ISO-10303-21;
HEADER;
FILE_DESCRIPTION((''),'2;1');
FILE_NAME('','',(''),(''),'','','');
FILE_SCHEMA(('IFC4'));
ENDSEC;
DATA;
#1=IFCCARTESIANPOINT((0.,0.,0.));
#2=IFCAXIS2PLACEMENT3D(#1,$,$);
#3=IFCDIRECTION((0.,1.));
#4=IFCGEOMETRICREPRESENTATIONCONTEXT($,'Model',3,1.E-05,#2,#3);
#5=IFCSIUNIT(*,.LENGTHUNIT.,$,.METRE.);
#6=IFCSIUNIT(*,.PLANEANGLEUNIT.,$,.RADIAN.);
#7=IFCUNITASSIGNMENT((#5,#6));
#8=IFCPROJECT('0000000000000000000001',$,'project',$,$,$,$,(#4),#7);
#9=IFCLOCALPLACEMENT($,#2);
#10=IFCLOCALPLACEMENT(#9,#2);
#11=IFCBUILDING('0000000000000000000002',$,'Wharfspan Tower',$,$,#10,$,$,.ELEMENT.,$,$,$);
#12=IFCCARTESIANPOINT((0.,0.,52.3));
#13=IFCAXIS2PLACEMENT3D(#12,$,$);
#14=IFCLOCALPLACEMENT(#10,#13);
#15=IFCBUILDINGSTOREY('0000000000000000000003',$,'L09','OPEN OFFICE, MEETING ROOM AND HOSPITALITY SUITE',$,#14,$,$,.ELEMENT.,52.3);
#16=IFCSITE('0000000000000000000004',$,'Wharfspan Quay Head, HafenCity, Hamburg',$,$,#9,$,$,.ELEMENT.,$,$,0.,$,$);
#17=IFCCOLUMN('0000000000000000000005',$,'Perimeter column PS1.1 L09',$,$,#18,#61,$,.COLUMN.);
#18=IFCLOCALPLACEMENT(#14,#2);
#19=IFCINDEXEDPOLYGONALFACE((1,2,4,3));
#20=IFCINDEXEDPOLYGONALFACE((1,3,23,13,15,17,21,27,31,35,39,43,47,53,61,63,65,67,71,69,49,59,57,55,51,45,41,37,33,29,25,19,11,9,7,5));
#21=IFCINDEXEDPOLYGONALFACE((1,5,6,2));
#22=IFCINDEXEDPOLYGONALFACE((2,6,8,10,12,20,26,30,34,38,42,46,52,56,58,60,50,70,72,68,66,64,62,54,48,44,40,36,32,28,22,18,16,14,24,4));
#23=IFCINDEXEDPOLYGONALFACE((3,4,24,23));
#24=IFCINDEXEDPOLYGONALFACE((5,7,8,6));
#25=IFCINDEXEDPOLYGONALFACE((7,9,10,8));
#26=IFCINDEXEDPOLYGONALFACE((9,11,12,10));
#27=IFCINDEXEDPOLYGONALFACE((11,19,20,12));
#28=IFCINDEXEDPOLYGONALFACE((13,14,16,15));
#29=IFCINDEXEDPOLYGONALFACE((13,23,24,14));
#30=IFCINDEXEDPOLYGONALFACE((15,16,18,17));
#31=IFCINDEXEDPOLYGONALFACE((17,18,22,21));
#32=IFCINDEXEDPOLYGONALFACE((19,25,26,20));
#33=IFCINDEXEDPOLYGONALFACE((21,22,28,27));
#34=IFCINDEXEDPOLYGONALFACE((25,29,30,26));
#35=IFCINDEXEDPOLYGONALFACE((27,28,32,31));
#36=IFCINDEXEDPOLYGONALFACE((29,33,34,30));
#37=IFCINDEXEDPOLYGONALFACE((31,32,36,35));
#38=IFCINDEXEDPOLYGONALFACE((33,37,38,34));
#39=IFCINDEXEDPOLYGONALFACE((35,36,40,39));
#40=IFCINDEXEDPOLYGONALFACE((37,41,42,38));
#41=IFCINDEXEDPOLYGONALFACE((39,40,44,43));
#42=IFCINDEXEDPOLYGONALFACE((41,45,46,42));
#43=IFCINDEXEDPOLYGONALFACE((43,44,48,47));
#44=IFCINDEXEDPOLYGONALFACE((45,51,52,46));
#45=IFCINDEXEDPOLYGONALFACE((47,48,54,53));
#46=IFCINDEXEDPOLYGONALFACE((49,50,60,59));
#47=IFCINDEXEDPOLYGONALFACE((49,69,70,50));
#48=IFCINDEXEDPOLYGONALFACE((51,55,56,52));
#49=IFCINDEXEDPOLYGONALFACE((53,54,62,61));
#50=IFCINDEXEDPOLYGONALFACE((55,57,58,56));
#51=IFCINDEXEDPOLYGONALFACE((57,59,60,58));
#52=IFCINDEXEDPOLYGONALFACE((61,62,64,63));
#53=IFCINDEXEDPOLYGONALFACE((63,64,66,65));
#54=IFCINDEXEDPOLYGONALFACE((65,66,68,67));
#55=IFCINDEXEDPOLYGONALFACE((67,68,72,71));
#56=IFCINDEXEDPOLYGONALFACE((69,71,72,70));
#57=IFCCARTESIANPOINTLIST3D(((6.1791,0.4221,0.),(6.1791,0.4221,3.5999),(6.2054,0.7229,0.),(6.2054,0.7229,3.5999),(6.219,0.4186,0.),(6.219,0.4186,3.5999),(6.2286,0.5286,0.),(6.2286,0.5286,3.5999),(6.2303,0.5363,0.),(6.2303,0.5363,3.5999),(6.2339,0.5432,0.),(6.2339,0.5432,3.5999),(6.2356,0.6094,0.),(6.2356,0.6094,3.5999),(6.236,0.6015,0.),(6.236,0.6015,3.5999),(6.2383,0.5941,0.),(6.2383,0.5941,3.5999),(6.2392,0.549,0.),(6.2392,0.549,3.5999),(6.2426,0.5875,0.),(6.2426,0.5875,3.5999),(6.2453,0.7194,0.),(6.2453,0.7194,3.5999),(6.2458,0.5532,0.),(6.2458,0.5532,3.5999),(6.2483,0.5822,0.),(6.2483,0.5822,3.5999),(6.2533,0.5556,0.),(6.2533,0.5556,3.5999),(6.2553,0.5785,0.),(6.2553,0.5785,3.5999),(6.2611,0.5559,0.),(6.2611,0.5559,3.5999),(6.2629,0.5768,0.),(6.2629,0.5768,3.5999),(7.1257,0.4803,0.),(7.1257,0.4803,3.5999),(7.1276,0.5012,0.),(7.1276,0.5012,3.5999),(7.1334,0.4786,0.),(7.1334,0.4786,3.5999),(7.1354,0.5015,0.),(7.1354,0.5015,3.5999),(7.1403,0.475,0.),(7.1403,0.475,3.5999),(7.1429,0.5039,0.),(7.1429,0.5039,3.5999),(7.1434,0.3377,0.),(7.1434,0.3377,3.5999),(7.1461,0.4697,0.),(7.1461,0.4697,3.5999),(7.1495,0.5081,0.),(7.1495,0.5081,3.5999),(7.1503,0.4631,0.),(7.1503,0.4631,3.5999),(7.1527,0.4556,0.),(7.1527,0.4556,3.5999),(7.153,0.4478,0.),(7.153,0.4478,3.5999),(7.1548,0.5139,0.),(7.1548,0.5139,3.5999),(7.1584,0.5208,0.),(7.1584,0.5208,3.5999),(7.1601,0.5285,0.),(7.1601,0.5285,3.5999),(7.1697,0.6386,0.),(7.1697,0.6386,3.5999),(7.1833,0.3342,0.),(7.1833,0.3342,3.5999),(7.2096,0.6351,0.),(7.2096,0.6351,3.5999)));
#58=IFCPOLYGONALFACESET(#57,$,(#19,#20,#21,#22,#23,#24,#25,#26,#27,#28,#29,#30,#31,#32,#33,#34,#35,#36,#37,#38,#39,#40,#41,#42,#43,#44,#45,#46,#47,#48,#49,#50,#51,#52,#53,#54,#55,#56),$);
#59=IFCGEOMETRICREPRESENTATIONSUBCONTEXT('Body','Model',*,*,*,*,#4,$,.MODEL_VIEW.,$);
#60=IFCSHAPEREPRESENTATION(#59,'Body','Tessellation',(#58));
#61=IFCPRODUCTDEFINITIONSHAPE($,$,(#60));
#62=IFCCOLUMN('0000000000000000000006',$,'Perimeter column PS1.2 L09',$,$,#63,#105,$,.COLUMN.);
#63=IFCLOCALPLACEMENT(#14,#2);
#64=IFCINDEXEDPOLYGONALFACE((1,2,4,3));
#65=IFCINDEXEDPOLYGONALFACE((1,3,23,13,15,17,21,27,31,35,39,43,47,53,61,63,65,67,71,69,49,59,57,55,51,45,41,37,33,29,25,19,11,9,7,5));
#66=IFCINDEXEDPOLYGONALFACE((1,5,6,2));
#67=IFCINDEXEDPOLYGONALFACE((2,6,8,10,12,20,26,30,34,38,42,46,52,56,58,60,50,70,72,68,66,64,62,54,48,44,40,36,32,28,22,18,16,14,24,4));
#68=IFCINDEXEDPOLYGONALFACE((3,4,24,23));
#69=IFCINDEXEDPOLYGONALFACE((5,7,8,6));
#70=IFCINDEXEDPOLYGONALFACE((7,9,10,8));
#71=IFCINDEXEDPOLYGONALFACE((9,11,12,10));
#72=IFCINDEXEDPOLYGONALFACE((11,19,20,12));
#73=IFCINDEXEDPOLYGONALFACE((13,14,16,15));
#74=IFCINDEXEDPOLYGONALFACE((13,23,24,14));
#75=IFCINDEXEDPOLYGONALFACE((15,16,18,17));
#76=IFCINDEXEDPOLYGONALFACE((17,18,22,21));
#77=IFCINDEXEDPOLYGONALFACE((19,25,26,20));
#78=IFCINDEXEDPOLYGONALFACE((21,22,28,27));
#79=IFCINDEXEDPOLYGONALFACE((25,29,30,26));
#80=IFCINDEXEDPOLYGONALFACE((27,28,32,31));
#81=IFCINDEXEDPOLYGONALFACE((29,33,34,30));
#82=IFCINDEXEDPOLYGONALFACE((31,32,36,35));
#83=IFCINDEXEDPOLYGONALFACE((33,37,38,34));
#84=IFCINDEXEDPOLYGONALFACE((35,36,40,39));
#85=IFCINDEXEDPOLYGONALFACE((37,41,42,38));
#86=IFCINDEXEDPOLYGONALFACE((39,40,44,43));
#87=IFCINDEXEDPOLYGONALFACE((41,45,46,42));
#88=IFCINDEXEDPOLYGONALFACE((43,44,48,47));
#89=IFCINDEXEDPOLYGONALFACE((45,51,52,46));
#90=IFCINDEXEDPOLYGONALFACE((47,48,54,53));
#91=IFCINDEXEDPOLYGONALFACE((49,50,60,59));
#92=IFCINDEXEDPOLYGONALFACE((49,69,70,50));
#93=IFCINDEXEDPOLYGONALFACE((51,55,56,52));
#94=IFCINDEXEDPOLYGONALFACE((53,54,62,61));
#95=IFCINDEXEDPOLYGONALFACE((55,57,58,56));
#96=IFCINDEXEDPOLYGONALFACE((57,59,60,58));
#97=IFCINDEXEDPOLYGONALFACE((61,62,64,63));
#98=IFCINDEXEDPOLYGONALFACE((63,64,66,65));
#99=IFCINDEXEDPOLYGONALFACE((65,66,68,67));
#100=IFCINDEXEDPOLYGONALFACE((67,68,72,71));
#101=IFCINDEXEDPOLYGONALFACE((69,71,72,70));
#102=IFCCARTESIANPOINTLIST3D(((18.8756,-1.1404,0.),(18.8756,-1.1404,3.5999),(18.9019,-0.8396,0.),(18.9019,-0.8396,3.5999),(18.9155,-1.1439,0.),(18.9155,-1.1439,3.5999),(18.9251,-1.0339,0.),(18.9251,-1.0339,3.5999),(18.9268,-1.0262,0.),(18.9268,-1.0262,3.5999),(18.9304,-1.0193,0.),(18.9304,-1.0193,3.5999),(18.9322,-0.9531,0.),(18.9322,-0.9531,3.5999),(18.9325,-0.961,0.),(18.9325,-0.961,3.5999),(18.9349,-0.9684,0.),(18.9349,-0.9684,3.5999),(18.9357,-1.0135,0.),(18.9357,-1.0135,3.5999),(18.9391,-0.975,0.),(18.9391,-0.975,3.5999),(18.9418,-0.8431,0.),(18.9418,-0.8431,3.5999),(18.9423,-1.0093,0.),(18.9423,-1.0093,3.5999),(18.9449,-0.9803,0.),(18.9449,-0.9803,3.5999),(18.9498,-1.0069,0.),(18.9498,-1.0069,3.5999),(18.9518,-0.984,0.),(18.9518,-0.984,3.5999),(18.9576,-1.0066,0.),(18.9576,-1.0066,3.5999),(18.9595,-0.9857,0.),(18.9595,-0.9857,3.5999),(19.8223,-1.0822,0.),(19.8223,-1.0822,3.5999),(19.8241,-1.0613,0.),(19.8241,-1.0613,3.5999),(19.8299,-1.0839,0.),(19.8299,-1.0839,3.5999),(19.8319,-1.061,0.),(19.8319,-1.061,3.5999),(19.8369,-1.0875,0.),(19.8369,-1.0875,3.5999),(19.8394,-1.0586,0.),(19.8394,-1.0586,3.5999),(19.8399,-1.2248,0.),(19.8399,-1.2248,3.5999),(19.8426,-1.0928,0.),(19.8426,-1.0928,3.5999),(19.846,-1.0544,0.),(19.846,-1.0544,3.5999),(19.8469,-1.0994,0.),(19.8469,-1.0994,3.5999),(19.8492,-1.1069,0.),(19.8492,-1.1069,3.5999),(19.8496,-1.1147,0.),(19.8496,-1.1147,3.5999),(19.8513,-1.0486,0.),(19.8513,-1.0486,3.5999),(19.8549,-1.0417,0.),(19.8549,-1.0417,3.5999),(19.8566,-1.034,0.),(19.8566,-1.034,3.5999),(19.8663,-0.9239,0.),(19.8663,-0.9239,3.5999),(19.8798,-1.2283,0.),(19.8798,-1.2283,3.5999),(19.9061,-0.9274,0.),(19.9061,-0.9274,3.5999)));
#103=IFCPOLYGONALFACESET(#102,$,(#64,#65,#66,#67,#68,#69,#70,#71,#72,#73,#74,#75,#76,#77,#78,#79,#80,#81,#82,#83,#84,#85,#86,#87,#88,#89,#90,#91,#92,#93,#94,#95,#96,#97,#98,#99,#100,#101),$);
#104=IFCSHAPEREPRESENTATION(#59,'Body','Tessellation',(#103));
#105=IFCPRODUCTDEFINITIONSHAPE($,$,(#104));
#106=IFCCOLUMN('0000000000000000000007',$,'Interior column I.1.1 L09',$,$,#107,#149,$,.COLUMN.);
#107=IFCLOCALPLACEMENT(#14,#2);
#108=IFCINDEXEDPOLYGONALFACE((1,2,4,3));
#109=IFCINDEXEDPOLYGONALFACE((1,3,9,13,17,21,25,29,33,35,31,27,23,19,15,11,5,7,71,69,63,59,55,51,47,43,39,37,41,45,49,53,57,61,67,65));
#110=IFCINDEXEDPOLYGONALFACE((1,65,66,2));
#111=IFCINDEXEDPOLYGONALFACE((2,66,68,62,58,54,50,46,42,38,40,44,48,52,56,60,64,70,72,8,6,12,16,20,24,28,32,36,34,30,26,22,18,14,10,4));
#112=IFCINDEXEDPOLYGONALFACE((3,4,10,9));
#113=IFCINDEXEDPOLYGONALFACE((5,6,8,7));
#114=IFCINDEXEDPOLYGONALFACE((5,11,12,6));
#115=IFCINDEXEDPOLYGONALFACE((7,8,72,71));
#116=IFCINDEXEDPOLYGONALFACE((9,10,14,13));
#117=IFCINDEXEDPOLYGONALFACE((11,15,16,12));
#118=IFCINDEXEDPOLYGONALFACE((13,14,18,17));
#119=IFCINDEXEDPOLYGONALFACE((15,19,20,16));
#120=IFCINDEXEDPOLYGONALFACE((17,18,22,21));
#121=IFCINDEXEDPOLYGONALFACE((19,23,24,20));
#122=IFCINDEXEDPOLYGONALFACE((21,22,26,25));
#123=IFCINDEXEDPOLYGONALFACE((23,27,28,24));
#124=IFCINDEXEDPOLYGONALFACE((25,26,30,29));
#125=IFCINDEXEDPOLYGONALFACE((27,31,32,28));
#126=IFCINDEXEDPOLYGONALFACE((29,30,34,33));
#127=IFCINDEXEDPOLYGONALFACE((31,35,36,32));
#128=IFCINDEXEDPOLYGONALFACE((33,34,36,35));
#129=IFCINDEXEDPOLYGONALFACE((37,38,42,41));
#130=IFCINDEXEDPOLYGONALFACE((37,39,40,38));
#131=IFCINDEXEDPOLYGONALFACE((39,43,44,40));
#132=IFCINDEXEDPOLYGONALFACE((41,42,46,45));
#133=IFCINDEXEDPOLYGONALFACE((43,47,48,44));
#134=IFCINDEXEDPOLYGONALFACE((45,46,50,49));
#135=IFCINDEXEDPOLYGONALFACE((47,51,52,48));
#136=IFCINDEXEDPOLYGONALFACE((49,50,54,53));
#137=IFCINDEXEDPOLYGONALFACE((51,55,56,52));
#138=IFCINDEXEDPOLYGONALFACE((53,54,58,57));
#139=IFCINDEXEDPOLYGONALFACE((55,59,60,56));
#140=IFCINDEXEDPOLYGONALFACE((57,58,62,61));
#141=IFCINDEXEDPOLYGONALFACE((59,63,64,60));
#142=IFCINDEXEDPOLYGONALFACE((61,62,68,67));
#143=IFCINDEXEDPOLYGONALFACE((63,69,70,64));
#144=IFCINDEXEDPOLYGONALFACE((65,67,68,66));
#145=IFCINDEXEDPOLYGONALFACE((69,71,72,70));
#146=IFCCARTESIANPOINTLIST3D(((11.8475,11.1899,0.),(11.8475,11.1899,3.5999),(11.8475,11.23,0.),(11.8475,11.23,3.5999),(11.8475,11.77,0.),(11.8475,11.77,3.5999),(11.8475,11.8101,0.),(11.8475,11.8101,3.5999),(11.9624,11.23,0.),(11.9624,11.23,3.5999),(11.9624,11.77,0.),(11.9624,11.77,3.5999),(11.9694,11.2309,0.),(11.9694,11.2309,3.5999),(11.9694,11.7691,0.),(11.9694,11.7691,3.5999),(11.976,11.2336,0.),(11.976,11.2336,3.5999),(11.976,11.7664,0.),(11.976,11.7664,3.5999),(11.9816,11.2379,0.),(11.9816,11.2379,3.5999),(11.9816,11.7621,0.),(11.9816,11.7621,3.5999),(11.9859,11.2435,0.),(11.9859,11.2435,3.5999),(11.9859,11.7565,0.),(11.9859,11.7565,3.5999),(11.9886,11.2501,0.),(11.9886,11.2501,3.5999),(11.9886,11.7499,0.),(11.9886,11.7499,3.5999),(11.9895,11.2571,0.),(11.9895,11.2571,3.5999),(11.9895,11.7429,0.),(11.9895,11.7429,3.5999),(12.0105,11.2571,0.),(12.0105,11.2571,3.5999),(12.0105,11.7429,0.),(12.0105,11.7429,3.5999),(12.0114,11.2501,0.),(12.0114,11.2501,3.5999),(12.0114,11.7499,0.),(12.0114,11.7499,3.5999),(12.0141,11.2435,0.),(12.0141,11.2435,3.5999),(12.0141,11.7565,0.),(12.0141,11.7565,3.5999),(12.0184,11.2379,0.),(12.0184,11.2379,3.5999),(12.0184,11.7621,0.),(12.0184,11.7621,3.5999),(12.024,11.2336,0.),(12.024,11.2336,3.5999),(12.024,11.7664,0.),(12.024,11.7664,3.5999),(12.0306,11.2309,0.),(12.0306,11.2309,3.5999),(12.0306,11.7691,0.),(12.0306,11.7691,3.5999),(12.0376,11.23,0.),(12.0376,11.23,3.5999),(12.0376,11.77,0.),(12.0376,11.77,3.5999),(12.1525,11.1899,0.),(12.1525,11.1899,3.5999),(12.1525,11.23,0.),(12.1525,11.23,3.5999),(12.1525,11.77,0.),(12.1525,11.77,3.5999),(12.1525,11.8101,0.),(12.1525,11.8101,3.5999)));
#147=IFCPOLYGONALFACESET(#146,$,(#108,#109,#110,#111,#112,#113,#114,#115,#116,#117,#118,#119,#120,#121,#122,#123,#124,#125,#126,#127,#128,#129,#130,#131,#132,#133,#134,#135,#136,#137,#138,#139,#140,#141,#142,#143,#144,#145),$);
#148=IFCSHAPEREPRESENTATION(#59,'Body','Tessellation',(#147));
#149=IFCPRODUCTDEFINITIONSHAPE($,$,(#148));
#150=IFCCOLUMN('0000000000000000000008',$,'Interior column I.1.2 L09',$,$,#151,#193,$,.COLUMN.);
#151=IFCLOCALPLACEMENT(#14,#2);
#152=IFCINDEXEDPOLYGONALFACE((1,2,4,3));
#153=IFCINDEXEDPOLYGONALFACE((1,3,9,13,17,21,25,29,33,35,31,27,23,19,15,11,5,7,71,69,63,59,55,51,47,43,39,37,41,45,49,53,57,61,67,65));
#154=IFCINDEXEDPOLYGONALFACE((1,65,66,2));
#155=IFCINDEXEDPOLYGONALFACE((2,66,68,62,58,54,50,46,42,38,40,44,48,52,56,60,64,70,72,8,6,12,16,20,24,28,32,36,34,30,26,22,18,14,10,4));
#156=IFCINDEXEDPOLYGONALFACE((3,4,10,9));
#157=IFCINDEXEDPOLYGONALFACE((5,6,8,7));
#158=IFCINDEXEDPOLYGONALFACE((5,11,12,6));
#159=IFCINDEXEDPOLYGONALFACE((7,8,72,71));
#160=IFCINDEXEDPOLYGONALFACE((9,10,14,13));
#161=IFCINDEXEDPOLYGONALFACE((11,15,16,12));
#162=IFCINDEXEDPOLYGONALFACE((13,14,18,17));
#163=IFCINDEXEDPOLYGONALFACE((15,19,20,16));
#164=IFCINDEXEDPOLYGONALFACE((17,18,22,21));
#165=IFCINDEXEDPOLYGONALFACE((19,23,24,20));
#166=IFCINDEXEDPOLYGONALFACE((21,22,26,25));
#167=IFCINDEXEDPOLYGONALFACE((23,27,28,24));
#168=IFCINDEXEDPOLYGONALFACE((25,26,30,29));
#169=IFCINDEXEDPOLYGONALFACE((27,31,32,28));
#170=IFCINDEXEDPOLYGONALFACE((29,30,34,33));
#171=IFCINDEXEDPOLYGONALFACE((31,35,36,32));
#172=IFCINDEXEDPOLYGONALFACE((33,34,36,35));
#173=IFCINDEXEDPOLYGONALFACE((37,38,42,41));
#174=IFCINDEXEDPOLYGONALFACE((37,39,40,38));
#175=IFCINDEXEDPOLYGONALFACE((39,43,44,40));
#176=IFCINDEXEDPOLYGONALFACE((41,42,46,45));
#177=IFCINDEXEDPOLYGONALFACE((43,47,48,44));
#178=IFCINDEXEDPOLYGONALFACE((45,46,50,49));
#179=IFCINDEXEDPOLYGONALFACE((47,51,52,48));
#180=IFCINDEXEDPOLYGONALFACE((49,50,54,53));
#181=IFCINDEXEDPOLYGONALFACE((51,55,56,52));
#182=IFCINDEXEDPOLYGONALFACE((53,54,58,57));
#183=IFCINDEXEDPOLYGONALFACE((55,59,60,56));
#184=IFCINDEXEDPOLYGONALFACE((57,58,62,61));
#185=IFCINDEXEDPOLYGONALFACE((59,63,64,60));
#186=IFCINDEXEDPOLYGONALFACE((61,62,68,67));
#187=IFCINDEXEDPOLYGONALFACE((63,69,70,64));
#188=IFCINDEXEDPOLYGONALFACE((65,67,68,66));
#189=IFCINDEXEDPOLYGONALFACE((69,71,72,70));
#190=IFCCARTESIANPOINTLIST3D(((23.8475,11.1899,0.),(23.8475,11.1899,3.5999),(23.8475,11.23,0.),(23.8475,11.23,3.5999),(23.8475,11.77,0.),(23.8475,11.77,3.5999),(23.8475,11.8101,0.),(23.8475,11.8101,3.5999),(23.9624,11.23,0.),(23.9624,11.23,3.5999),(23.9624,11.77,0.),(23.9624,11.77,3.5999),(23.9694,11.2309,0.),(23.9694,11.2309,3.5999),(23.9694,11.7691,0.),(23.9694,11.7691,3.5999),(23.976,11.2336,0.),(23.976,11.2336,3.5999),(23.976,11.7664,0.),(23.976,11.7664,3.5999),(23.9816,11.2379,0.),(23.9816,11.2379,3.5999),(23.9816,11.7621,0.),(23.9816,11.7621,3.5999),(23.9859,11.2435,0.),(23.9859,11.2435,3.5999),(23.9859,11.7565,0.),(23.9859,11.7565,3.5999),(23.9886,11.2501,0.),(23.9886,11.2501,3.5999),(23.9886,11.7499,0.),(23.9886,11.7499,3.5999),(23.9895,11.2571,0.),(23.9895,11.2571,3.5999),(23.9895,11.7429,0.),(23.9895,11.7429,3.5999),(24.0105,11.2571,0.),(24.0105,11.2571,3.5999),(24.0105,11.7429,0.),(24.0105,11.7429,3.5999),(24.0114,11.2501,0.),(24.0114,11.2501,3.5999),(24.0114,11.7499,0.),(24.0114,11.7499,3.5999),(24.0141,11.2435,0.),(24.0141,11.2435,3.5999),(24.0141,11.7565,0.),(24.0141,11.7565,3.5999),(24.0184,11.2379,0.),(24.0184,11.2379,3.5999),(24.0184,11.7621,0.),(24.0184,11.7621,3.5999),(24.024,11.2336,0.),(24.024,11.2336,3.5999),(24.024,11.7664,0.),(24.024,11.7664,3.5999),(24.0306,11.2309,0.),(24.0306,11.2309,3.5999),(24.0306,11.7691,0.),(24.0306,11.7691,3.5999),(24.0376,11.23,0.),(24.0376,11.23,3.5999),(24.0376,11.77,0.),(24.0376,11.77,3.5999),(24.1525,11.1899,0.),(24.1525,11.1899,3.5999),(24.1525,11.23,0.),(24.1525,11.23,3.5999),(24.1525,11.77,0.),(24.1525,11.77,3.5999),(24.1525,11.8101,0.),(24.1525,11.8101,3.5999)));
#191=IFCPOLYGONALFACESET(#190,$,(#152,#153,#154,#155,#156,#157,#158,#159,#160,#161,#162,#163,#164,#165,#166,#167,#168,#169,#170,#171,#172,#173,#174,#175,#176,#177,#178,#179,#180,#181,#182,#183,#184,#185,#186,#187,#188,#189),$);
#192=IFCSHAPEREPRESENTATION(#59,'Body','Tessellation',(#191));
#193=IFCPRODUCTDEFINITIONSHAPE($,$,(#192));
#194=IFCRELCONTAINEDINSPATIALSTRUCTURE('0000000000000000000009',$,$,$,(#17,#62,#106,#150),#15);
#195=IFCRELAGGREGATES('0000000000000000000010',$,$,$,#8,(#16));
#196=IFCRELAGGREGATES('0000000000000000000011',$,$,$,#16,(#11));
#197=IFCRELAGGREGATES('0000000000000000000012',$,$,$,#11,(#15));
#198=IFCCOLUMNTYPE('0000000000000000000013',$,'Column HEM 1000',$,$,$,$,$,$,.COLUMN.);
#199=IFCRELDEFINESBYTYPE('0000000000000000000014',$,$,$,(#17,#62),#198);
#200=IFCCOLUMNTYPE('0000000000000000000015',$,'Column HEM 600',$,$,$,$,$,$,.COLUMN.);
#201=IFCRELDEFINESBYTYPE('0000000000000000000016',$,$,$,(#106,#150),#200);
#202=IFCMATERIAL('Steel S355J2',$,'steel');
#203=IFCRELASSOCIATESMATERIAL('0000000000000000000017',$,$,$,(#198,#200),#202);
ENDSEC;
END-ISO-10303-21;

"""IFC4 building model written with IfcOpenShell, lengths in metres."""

from ifc_helpers import new_model, si_unit, direction, frame, origin, origin_2d, place, context, subcontext, project, spatial, i_section, extrude, material, material_profile, profile_set, type_object, element, save


model = new_model("IFC4")

# Units and contexts
model_context = context("Model", 3, precision=1e-05, world=origin(), true_north=direction((0.0, 1.0)))
body_context = subcontext(model_context, "Body", "Model", "MODEL_VIEW")
ifc_project = project(units=[si_unit("LENGTHUNIT", "METRE"), si_unit("PLANEANGLEUNIT", "RADIAN")], contexts=[model_context])

# Site, building, storey
site_placement = place(None, origin())
site = spatial("IfcSite", under=ifc_project, at=site_placement, Name="Wharfspan Quay Head, HafenCity, Hamburg", CompositionType="ELEMENT", RefElevation=0.0)
building_placement = place(site_placement, origin())
building = spatial("IfcBuilding", under=site, at=building_placement, Name="Wharfspan Tower", CompositionType="ELEMENT")
storey_placement = place(building_placement, frame((0.0, 0.0, 52.3)))
storey = spatial("IfcBuildingStorey", under=building, at=storey_placement, Name="L09", Description="OPEN OFFICE, MEETING ROOM AND HOSPITALITY SUITE", CompositionType="ELEMENT", Elevation=52.3)

# Columns
ifc_material_1 = material(Name="Steel S355J2", Category="steel")
ifc_material_profile_1 = material_profile(ifc_material_1, i_section(OverallWidth=0.302, OverallDepth=1.0081, WebThickness=0.021, FlangeThickness=0.04, FilletRadius=0.03, at=origin_2d()))
ifc_profile_set_1 = profile_set([ifc_material_profile_1], Name="Steel S355J2")
column_type_1 = type_object("IfcColumnType", Name="Column HEM 1000", PredefinedType="COLUMN", material=ifc_profile_set_1)
for number, where, z_axis, x_axis, name in (
    (1, (6.6943, 0.5286, 0.0), (0.0, 0.0, 1.0), (-0.087156, -0.996198, 0.0), "Perimeter column PS1.1 L09"),
    (2, (19.3909, -1.0339, 0.0), (0.0, 0.0, 1.0), (-0.087156, -0.996198, 0.0), "Perimeter column PS1.2 L09"),
):
    element("IfcColumn", number, at=place(storey_placement, frame(where, z_axis=z_axis, x_axis=x_axis)), inside=storey, type_object=column_type_1, Name=name, PredefinedType="COLUMN", context=body_context, shape_type="SweptSolid", body=[
        extrude(i_section(OverallWidth=0.302, OverallDepth=1.0081, WebThickness=0.021, FlangeThickness=0.04, FilletRadius=0.03, at=origin_2d()), origin(), (0.0, 0.0, 1.0), 3.5999),
    ])
ifc_material_profile_2 = material_profile(ifc_material_1, i_section(OverallWidth=0.3049, OverallDepth=0.6201, WebThickness=0.021, FlangeThickness=0.04, FilletRadius=0.0271, at=origin_2d()))
ifc_profile_set_2 = profile_set([ifc_material_profile_2], Name="Steel S355J2")
column_type_2 = type_object("IfcColumnType", Name="Column HEM 600", PredefinedType="COLUMN", material=ifc_profile_set_2)
for number, where, z_axis, x_axis, name in (
    (3, (12.0, 11.5, 0.0), (0.0, 0.0, 1.0), (1.0, 0.0, 0.0), "Interior column I.1.1 L09"),
    (4, (24.0, 11.5, 0.0), (0.0, 0.0, 1.0), (1.0, 0.0, 0.0), "Interior column I.1.2 L09"),
):
    element("IfcColumn", number, at=place(storey_placement, frame(where, z_axis=z_axis, x_axis=x_axis)), inside=storey, type_object=column_type_2, Name=name, PredefinedType="COLUMN", context=body_context, shape_type="SweptSolid", body=[
        extrude(i_section(OverallWidth=0.3049, OverallDepth=0.6201, WebThickness=0.021, FlangeThickness=0.04, FilletRadius=0.0271, at=origin_2d()), origin(), (0.0, 0.0, 1.0), 3.5999),
    ])

save(model, "model.ifc")
